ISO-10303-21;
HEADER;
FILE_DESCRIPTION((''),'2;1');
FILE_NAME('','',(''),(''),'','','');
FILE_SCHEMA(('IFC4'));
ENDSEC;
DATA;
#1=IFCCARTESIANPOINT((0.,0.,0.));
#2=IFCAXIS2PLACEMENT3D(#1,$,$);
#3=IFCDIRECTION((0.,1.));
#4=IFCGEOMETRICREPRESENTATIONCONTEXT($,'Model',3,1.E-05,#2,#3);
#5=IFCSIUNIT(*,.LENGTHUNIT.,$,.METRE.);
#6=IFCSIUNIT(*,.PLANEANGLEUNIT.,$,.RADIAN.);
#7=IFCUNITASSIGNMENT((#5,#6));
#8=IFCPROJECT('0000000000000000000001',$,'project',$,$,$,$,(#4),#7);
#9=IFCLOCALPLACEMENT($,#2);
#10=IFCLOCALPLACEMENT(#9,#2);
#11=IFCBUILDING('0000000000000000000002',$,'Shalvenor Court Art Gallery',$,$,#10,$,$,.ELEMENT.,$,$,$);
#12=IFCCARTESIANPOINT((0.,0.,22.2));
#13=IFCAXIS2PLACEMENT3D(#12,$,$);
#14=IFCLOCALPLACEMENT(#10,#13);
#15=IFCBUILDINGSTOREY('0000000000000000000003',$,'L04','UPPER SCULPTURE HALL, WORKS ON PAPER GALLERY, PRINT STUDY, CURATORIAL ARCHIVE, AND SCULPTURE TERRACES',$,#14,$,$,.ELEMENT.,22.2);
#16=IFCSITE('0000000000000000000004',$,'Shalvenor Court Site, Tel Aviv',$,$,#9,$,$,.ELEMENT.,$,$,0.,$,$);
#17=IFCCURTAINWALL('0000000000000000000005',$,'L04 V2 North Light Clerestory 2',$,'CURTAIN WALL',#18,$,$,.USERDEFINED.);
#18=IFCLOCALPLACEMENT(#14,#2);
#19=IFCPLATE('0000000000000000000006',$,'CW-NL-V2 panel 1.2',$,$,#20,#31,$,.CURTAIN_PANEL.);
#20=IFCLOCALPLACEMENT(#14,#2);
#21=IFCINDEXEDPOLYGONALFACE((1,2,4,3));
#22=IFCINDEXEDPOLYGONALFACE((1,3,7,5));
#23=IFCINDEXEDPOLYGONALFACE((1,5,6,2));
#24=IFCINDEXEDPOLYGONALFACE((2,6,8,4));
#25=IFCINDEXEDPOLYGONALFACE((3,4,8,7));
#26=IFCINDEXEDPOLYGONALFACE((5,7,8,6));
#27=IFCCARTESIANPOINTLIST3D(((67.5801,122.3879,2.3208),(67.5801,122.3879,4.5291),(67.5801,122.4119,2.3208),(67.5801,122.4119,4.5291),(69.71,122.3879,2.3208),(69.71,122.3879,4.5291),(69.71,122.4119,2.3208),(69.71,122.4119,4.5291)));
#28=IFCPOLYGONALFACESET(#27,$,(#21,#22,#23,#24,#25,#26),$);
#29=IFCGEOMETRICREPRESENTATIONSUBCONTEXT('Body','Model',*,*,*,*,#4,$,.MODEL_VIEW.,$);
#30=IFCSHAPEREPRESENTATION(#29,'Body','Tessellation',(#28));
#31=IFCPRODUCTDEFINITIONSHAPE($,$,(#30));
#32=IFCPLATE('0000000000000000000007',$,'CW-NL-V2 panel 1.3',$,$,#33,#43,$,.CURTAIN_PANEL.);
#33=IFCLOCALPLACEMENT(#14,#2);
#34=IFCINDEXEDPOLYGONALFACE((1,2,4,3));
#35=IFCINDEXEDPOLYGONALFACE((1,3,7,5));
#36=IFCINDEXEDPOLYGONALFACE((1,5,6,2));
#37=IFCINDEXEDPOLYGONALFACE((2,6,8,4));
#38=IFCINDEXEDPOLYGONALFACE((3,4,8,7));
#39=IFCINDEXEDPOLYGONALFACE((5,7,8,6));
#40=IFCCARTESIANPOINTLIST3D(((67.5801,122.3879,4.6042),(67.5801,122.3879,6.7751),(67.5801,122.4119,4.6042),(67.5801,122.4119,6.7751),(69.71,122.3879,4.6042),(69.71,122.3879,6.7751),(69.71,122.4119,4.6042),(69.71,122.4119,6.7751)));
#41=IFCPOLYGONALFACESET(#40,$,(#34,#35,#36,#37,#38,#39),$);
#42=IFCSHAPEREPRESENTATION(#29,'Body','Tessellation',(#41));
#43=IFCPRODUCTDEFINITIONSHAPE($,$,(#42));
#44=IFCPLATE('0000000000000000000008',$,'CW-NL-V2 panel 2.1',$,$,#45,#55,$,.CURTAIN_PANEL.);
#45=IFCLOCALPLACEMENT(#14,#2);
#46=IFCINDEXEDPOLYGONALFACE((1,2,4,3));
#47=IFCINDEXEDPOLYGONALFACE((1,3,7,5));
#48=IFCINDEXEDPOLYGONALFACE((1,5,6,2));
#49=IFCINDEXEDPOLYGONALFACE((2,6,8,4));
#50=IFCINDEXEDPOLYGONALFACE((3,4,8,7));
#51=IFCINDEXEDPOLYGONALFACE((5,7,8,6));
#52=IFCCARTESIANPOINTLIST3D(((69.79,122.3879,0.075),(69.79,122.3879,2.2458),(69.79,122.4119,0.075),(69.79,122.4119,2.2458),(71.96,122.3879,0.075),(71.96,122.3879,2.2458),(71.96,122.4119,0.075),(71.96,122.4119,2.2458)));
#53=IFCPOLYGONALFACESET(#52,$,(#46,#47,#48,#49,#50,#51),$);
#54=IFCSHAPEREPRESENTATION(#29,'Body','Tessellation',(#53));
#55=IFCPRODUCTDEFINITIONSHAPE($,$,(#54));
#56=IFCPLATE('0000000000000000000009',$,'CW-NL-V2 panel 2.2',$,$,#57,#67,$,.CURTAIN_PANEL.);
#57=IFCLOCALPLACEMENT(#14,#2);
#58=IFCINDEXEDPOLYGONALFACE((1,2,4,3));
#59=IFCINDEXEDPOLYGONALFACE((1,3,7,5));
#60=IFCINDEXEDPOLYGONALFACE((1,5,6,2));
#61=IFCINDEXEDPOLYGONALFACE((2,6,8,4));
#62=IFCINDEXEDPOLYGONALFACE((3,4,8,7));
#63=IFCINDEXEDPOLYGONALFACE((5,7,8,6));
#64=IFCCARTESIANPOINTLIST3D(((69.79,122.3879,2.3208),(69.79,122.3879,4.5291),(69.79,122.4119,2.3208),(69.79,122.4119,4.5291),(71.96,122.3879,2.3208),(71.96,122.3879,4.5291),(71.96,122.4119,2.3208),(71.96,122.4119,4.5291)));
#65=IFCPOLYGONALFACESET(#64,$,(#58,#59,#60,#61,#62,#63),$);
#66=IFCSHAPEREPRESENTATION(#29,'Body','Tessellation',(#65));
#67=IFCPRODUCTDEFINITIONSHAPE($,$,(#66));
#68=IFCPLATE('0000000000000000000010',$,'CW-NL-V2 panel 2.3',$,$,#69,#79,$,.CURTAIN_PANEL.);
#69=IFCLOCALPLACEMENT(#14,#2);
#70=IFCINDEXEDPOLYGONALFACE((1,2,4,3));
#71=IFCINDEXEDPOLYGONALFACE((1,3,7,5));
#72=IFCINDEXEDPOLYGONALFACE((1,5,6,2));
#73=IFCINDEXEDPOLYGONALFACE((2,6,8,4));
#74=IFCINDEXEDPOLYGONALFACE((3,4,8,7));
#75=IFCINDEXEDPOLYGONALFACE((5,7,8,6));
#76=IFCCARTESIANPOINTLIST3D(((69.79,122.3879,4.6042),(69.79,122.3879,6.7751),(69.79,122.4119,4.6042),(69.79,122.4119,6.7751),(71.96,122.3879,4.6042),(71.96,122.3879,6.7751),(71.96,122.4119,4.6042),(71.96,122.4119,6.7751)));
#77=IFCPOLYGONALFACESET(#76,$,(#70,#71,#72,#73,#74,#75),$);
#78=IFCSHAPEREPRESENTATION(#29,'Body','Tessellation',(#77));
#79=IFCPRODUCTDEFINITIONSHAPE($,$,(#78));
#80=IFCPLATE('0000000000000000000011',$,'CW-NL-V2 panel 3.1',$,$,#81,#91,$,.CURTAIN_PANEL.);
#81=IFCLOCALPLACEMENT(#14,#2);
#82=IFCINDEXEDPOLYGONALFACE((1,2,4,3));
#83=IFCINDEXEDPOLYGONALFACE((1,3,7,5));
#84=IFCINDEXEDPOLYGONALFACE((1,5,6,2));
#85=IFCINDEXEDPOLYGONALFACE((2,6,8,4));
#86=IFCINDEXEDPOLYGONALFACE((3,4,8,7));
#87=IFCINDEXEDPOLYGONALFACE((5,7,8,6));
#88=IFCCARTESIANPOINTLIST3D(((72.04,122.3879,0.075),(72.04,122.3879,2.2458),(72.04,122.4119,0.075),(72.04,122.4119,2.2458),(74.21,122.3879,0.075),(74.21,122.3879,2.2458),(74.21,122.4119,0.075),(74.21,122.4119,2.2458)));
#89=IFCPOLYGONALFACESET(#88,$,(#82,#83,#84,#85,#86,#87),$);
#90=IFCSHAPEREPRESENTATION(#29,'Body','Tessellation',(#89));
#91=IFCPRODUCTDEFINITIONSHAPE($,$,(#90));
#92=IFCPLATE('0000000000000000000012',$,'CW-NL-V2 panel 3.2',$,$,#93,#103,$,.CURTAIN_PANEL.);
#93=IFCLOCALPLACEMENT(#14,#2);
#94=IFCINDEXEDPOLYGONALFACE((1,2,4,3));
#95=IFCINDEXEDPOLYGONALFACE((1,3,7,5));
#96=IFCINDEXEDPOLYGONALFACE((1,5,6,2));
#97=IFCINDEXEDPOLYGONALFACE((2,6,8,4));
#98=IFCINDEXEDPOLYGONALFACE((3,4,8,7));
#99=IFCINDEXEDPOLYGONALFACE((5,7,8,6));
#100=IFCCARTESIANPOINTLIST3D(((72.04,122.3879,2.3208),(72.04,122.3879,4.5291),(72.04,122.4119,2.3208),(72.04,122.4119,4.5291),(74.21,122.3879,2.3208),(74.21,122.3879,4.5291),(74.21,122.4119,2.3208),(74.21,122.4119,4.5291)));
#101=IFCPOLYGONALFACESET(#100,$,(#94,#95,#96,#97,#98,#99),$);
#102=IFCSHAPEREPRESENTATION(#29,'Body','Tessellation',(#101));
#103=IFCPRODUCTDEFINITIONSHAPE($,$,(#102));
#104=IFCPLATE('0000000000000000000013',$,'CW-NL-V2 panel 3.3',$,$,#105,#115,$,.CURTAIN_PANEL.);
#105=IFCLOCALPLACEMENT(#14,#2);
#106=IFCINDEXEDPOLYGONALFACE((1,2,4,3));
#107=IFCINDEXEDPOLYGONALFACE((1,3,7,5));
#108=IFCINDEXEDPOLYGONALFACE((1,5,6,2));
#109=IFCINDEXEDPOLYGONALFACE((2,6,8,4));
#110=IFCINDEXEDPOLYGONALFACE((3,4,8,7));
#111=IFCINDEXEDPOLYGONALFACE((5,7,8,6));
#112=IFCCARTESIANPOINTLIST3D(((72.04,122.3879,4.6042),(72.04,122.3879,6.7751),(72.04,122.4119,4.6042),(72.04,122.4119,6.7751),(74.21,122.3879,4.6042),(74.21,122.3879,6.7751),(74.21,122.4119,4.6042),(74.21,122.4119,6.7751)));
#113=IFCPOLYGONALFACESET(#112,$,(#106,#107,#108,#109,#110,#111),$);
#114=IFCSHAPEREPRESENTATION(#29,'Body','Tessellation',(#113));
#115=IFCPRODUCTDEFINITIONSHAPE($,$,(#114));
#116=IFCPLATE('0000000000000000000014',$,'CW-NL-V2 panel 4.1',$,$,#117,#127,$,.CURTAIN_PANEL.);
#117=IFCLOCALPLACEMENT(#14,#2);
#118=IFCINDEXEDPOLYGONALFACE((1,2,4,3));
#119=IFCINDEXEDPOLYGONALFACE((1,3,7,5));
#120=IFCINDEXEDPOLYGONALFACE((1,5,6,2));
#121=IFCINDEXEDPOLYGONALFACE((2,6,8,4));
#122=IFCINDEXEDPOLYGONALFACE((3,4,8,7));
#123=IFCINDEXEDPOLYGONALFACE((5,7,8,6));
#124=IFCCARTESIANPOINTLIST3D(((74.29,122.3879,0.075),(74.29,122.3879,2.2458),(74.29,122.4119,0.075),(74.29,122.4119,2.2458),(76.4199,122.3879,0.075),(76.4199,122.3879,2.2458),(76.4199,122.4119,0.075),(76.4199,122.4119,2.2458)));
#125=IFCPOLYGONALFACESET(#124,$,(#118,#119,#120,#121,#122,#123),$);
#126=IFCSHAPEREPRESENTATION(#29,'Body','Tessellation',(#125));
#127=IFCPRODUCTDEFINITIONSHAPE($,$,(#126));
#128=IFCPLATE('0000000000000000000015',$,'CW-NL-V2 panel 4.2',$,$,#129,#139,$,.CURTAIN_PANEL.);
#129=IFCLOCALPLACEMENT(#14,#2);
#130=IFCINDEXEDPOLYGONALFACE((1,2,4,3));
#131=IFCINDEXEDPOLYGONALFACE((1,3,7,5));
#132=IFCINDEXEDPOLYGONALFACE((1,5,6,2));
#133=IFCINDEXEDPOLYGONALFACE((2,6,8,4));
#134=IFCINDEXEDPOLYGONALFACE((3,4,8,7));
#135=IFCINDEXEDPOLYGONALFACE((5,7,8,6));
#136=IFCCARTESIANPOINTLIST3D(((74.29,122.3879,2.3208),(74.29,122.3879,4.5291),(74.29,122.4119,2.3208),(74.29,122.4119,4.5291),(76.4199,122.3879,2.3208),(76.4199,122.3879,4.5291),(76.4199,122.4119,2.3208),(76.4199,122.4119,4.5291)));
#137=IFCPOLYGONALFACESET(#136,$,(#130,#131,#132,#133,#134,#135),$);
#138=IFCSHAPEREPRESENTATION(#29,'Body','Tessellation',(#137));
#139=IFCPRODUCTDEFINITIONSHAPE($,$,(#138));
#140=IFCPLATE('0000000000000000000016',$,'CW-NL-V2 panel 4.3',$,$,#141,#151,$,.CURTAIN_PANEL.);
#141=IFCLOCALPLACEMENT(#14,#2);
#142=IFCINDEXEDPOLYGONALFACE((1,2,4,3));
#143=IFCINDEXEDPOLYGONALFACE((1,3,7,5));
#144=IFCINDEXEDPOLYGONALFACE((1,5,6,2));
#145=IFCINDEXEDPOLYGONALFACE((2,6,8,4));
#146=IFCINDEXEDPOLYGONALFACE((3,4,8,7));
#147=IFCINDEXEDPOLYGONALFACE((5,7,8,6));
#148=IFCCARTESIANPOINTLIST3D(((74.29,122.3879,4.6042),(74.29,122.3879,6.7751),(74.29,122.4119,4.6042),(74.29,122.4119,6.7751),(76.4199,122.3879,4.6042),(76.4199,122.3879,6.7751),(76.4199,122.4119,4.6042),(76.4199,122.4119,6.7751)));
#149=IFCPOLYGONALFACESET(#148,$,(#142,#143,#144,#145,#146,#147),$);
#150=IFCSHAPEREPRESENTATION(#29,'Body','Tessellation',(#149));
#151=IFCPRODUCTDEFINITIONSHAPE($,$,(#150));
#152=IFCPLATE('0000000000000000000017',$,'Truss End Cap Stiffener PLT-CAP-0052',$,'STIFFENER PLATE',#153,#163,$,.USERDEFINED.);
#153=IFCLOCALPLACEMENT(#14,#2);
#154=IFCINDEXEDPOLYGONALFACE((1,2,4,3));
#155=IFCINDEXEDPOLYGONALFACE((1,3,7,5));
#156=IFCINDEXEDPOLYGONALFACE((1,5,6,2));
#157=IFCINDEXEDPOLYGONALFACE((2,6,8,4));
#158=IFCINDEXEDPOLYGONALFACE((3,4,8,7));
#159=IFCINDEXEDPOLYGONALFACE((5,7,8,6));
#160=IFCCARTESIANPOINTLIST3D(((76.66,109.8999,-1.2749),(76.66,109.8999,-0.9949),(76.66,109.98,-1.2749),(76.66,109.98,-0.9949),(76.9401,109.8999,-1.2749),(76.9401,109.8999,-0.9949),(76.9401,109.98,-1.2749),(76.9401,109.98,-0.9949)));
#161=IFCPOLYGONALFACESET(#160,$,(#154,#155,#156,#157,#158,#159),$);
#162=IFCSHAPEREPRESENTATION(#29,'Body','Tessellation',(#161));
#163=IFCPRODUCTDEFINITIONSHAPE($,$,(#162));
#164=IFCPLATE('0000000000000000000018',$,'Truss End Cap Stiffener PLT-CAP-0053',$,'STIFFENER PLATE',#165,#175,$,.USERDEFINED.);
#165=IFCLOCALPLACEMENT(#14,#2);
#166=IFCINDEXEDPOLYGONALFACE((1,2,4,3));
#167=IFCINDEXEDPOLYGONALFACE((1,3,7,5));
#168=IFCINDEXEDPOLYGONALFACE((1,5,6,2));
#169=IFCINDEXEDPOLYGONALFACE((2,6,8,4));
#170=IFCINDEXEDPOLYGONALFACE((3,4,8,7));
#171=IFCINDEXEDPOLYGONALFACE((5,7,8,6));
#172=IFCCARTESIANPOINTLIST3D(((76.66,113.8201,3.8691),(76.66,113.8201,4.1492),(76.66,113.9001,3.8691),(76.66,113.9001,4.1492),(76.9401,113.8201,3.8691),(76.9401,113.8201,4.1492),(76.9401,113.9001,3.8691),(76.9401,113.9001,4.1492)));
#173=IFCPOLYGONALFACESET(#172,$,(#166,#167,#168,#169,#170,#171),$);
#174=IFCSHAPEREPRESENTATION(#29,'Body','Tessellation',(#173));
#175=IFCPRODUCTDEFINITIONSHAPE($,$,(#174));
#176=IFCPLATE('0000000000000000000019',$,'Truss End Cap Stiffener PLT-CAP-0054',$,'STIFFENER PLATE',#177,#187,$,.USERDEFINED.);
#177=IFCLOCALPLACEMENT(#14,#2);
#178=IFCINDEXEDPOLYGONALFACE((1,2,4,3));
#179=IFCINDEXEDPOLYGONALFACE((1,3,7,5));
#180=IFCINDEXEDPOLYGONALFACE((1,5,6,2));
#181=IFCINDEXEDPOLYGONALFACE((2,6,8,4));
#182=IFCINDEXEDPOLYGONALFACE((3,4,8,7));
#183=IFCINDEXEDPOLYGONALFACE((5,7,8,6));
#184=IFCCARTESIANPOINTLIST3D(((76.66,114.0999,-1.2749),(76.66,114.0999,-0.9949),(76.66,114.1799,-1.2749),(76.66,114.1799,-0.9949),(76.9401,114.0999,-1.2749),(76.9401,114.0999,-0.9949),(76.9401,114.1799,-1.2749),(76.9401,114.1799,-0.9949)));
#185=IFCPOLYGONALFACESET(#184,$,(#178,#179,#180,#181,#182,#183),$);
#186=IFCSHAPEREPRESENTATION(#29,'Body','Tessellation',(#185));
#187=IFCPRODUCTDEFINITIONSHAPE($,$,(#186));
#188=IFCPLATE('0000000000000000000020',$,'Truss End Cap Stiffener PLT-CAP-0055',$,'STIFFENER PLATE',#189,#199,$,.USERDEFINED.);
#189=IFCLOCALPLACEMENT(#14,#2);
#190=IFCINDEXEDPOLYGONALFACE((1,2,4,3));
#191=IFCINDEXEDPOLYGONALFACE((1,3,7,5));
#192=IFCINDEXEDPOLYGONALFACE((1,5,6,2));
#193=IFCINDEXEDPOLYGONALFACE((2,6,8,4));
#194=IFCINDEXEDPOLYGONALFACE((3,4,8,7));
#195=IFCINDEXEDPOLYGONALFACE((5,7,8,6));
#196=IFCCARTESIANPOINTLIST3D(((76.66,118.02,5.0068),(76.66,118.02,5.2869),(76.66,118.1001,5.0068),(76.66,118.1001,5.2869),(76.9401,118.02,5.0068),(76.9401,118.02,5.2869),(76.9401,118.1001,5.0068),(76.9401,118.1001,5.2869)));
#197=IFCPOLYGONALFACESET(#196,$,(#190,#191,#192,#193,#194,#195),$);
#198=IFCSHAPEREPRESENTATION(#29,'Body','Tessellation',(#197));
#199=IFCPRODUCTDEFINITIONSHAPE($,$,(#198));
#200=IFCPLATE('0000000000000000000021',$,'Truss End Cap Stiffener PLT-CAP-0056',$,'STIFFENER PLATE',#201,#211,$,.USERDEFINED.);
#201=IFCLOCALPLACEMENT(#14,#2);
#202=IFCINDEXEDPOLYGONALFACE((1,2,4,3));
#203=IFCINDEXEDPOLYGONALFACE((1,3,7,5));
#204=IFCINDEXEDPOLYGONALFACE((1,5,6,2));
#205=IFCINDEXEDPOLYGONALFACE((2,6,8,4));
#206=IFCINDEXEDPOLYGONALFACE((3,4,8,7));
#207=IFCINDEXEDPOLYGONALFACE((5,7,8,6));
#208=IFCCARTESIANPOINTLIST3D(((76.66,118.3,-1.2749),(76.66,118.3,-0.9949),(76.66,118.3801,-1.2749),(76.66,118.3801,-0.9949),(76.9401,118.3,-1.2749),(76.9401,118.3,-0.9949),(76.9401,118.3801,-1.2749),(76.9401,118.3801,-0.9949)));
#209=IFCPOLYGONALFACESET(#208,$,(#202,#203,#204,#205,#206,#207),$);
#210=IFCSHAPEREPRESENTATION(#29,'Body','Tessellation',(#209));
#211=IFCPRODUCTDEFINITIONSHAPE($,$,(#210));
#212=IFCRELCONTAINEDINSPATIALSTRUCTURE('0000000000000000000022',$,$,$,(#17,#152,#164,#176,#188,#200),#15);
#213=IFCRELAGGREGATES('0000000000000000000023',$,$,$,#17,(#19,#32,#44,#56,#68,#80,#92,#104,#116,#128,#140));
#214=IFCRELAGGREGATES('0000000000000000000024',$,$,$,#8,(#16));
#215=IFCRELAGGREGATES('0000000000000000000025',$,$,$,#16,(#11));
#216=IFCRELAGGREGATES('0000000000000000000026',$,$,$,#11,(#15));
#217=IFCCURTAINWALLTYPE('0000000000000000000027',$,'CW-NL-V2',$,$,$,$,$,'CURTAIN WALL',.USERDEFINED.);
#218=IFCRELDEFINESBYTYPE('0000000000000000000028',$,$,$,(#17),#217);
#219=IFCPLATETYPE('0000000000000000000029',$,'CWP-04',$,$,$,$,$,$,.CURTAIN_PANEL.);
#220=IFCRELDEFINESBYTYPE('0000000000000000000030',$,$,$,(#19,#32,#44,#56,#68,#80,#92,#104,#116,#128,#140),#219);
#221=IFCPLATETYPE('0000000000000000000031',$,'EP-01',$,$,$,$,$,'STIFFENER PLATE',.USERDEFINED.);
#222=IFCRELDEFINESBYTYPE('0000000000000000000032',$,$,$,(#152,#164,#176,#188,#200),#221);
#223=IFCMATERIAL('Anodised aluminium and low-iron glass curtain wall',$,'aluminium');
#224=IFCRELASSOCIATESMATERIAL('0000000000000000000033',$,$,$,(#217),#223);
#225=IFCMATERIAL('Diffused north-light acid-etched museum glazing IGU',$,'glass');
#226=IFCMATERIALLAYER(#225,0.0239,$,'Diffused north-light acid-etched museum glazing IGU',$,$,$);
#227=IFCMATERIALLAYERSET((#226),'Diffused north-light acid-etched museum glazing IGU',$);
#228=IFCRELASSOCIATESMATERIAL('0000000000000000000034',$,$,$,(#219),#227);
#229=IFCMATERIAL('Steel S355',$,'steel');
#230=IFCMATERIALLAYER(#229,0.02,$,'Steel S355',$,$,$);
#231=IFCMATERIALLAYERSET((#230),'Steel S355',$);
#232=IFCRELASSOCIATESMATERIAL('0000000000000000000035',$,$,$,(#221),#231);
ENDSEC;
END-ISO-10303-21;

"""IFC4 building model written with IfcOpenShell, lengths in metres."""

from ifc_helpers import new_model, si_unit, direction, frame, origin, origin_2d, place, context, subcontext, project, spatial, rectangle, extrude, material, layer, layer_set, type_object, element, aggregate, save


model = new_model("IFC4")

# Units and contexts
model_context = context("Model", 3, precision=1e-05, world=origin(), true_north=direction((0.0, 1.0)))
body_context = subcontext(model_context, "Body", "Model", "MODEL_VIEW")
ifc_project = project(units=[si_unit("LENGTHUNIT", "METRE"), si_unit("PLANEANGLEUNIT", "RADIAN")], contexts=[model_context])

# Site, building, storey
site_placement = place(None, origin())
site = spatial("IfcSite", under=ifc_project, at=site_placement, Name="Shalvenor Court Site, Tel Aviv", CompositionType="ELEMENT", RefElevation=0.0)
building_placement = place(site_placement, origin())
building = spatial("IfcBuilding", under=site, at=building_placement, Name="Shalvenor Court Art Gallery", CompositionType="ELEMENT")
storey_placement = place(building_placement, frame((0.0, 0.0, 22.2)))
storey = spatial("IfcBuildingStorey", under=building, at=storey_placement, Name="L04", Description="UPPER SCULPTURE HALL, WORKS ON PAPER GALLERY, PRINT STUDY, CURATORIAL ARCHIVE, AND SCULPTURE TERRACES", CompositionType="ELEMENT", Elevation=22.2)

# Curtain wall
ifc_material_1 = material(Name="Anodised aluminium and low-iron glass curtain wall", Category="aluminium")
curtain_wall_type = type_object("IfcCurtainWallType", Name="CW-NL-V2", ElementType="CURTAIN WALL", PredefinedType="USERDEFINED", material=ifc_material_1)
curtain_wall_placement = place(storey_placement, origin())
curtain_wall = element("IfcCurtainWall", 1, at=curtain_wall_placement, inside=storey, type_object=curtain_wall_type, Name="L04 V2 North Light Clerestory 2", ObjectType="CURTAIN WALL", PredefinedType="USERDEFINED")

# Plates
ifc_material_2 = material(Name="Diffused north-light acid-etched museum glazing IGU", Category="glass")
ifc_layer_1 = layer(ifc_material_2, 0.0239, Name="Diffused north-light acid-etched museum glazing IGU")
ifc_layer_set_1 = layer_set([ifc_layer_1], Name="Diffused north-light acid-etched museum glazing IGU")
plate_type_1 = type_object("IfcPlateType", Name="CWP-04", PredefinedType="CURTAIN_PANEL", material=ifc_layer_set_1)
plate_1_placement = place(storey_placement, frame((68.645, 122.3999, 2.3208), z_axis=(0.0, 0.0, 1.0), x_axis=(1.0, 0.0, 0.0)))
plate_1 = element("IfcPlate", 2, at=plate_1_placement, type_object=plate_type_1, Name="CW-NL-V2 panel 1.2", PredefinedType="CURTAIN_PANEL", context=body_context, shape_type="SweptSolid", body=[
    extrude(rectangle(XDim=2.1299, YDim=0.0239, at=origin_2d()), origin(), (0.0, 0.0, 1.0), 2.2083),
])
plate_2_placement = place(storey_placement, frame((68.645, 122.3999, 4.6042), z_axis=(0.0, 0.0, 1.0), x_axis=(1.0, 0.0, 0.0)))
plate_2 = element("IfcPlate", 3, at=plate_2_placement, type_object=plate_type_1, Name="CW-NL-V2 panel 1.3", PredefinedType="CURTAIN_PANEL", context=body_context, shape_type="SweptSolid", body=[
    extrude(rectangle(XDim=2.1299, YDim=0.0239, at=origin_2d()), origin(), (0.0, 0.0, 1.0), 2.1709),
])
plate_3_placement = place(storey_placement, frame((70.875, 122.3999, 0.075), z_axis=(0.0, 0.0, 1.0), x_axis=(1.0, 0.0, 0.0)))
plate_3 = element("IfcPlate", 4, at=plate_3_placement, type_object=plate_type_1, Name="CW-NL-V2 panel 2.1", PredefinedType="CURTAIN_PANEL", context=body_context, shape_type="SweptSolid", body=[
    extrude(rectangle(XDim=2.1699, YDim=0.0239, at=origin_2d()), origin(), (0.0, 0.0, 1.0), 2.1709),
])
plate_4_placement = place(storey_placement, frame((70.875, 122.3999, 2.3208), z_axis=(0.0, 0.0, 1.0), x_axis=(1.0, 0.0, 0.0)))
plate_4 = element("IfcPlate", 5, at=plate_4_placement, type_object=plate_type_1, Name="CW-NL-V2 panel 2.2", PredefinedType="CURTAIN_PANEL", context=body_context, shape_type="SweptSolid", body=[
    extrude(rectangle(XDim=2.1699, YDim=0.0239, at=origin_2d()), origin(), (0.0, 0.0, 1.0), 2.2083),
])
plate_5_placement = place(storey_placement, frame((70.875, 122.3999, 4.6042), z_axis=(0.0, 0.0, 1.0), x_axis=(1.0, 0.0, 0.0)))
plate_5 = element("IfcPlate", 6, at=plate_5_placement, type_object=plate_type_1, Name="CW-NL-V2 panel 2.3", PredefinedType="CURTAIN_PANEL", context=body_context, shape_type="SweptSolid", body=[
    extrude(rectangle(XDim=2.1699, YDim=0.0239, at=origin_2d()), origin(), (0.0, 0.0, 1.0), 2.1709),
])
plate_6_placement = place(storey_placement, frame((73.125, 122.3999, 0.075), z_axis=(0.0, 0.0, 1.0), x_axis=(1.0, 0.0, 0.0)))
plate_6 = element("IfcPlate", 7, at=plate_6_placement, type_object=plate_type_1, Name="CW-NL-V2 panel 3.1", PredefinedType="CURTAIN_PANEL", context=body_context, shape_type="SweptSolid", body=[
    extrude(rectangle(XDim=2.1699, YDim=0.0239, at=origin_2d()), origin(), (0.0, 0.0, 1.0), 2.1709),
])
plate_7_placement = place(storey_placement, frame((73.125, 122.3999, 2.3208), z_axis=(0.0, 0.0, 1.0), x_axis=(1.0, 0.0, 0.0)))
plate_7 = element("IfcPlate", 8, at=plate_7_placement, type_object=plate_type_1, Name="CW-NL-V2 panel 3.2", PredefinedType="CURTAIN_PANEL", context=body_context, shape_type="SweptSolid", body=[
    extrude(rectangle(XDim=2.1699, YDim=0.0239, at=origin_2d()), origin(), (0.0, 0.0, 1.0), 2.2083),
])
plate_8_placement = place(storey_placement, frame((73.125, 122.3999, 4.6042), z_axis=(0.0, 0.0, 1.0), x_axis=(1.0, 0.0, 0.0)))
plate_8 = element("IfcPlate", 9, at=plate_8_placement, type_object=plate_type_1, Name="CW-NL-V2 panel 3.3", PredefinedType="CURTAIN_PANEL", context=body_context, shape_type="SweptSolid", body=[
    extrude(rectangle(XDim=2.1699, YDim=0.0239, at=origin_2d()), origin(), (0.0, 0.0, 1.0), 2.1709),
])
plate_9_placement = place(storey_placement, frame((75.355, 122.3999, 0.075), z_axis=(0.0, 0.0, 1.0), x_axis=(1.0, 0.0, 0.0)))
plate_9 = element("IfcPlate", 10, at=plate_9_placement, type_object=plate_type_1, Name="CW-NL-V2 panel 4.1", PredefinedType="CURTAIN_PANEL", context=body_context, shape_type="SweptSolid", body=[
    extrude(rectangle(XDim=2.1299, YDim=0.0239, at=origin_2d()), origin(), (0.0, 0.0, 1.0), 2.1709),
])
plate_10_placement = place(storey_placement, frame((75.355, 122.3999, 2.3208), z_axis=(0.0, 0.0, 1.0), x_axis=(1.0, 0.0, 0.0)))
plate_10 = element("IfcPlate", 11, at=plate_10_placement, type_object=plate_type_1, Name="CW-NL-V2 panel 4.2", PredefinedType="CURTAIN_PANEL", context=body_context, shape_type="SweptSolid", body=[
    extrude(rectangle(XDim=2.1299, YDim=0.0239, at=origin_2d()), origin(), (0.0, 0.0, 1.0), 2.2083),
])
plate_11_placement = place(storey_placement, frame((75.355, 122.3999, 4.6042), z_axis=(0.0, 0.0, 1.0), x_axis=(1.0, 0.0, 0.0)))
plate_11 = element("IfcPlate", 12, at=plate_11_placement, type_object=plate_type_1, Name="CW-NL-V2 panel 4.3", PredefinedType="CURTAIN_PANEL", context=body_context, shape_type="SweptSolid", body=[
    extrude(rectangle(XDim=2.1299, YDim=0.0239, at=origin_2d()), origin(), (0.0, 0.0, 1.0), 2.1709),
])
aggregate(curtain_wall, [plate_1, plate_2, plate_3, plate_4, plate_5, plate_6, plate_7, plate_8, plate_9, plate_10, plate_11])

# Plates
ifc_material_3 = material(Name="Steel S355", Category="steel")
ifc_layer_2 = layer(ifc_material_3, 0.02, Name="Steel S355")
ifc_layer_set_2 = layer_set([ifc_layer_2], Name="Steel S355")
plate_type_2 = type_object("IfcPlateType", Name="EP-01", ElementType="STIFFENER PLATE", PredefinedType="USERDEFINED", material=ifc_layer_set_2)
for number, where, z_axis, x_axis, name in (
    (13, (76.8, 109.9399, -1.2749), (0.0, 0.0, 1.0), (1.0, 0.0, 0.0), "Truss End Cap Stiffener PLT-CAP-0052"),
    (14, (76.8, 113.8601, 3.8691), (0.0, 0.0, 1.0), (1.0, 0.0, 0.0), "Truss End Cap Stiffener PLT-CAP-0053"),
    (15, (76.8, 114.1399, -1.2749), (0.0, 0.0, 1.0), (1.0, 0.0, 0.0), "Truss End Cap Stiffener PLT-CAP-0054"),
    (16, (76.8, 118.0601, 5.0068), (0.0, 0.0, 1.0), (1.0, 0.0, 0.0), "Truss End Cap Stiffener PLT-CAP-0055"),
    (17, (76.8, 118.3401, -1.2749), (0.0, 0.0, 1.0), (1.0, 0.0, 0.0), "Truss End Cap Stiffener PLT-CAP-0056"),
):
    element("IfcPlate", number, at=place(storey_placement, frame(where, z_axis=z_axis, x_axis=x_axis)), inside=storey, type_object=plate_type_2, Name=name, ObjectType="STIFFENER PLATE", PredefinedType="USERDEFINED", context=body_context, shape_type="SweptSolid", body=[
        extrude(rectangle(XDim=0.28, YDim=0.0801, at=origin_2d()), origin(), (0.0, 0.0, 1.0), 0.28),
    ])

save(model, "model.ifc")
